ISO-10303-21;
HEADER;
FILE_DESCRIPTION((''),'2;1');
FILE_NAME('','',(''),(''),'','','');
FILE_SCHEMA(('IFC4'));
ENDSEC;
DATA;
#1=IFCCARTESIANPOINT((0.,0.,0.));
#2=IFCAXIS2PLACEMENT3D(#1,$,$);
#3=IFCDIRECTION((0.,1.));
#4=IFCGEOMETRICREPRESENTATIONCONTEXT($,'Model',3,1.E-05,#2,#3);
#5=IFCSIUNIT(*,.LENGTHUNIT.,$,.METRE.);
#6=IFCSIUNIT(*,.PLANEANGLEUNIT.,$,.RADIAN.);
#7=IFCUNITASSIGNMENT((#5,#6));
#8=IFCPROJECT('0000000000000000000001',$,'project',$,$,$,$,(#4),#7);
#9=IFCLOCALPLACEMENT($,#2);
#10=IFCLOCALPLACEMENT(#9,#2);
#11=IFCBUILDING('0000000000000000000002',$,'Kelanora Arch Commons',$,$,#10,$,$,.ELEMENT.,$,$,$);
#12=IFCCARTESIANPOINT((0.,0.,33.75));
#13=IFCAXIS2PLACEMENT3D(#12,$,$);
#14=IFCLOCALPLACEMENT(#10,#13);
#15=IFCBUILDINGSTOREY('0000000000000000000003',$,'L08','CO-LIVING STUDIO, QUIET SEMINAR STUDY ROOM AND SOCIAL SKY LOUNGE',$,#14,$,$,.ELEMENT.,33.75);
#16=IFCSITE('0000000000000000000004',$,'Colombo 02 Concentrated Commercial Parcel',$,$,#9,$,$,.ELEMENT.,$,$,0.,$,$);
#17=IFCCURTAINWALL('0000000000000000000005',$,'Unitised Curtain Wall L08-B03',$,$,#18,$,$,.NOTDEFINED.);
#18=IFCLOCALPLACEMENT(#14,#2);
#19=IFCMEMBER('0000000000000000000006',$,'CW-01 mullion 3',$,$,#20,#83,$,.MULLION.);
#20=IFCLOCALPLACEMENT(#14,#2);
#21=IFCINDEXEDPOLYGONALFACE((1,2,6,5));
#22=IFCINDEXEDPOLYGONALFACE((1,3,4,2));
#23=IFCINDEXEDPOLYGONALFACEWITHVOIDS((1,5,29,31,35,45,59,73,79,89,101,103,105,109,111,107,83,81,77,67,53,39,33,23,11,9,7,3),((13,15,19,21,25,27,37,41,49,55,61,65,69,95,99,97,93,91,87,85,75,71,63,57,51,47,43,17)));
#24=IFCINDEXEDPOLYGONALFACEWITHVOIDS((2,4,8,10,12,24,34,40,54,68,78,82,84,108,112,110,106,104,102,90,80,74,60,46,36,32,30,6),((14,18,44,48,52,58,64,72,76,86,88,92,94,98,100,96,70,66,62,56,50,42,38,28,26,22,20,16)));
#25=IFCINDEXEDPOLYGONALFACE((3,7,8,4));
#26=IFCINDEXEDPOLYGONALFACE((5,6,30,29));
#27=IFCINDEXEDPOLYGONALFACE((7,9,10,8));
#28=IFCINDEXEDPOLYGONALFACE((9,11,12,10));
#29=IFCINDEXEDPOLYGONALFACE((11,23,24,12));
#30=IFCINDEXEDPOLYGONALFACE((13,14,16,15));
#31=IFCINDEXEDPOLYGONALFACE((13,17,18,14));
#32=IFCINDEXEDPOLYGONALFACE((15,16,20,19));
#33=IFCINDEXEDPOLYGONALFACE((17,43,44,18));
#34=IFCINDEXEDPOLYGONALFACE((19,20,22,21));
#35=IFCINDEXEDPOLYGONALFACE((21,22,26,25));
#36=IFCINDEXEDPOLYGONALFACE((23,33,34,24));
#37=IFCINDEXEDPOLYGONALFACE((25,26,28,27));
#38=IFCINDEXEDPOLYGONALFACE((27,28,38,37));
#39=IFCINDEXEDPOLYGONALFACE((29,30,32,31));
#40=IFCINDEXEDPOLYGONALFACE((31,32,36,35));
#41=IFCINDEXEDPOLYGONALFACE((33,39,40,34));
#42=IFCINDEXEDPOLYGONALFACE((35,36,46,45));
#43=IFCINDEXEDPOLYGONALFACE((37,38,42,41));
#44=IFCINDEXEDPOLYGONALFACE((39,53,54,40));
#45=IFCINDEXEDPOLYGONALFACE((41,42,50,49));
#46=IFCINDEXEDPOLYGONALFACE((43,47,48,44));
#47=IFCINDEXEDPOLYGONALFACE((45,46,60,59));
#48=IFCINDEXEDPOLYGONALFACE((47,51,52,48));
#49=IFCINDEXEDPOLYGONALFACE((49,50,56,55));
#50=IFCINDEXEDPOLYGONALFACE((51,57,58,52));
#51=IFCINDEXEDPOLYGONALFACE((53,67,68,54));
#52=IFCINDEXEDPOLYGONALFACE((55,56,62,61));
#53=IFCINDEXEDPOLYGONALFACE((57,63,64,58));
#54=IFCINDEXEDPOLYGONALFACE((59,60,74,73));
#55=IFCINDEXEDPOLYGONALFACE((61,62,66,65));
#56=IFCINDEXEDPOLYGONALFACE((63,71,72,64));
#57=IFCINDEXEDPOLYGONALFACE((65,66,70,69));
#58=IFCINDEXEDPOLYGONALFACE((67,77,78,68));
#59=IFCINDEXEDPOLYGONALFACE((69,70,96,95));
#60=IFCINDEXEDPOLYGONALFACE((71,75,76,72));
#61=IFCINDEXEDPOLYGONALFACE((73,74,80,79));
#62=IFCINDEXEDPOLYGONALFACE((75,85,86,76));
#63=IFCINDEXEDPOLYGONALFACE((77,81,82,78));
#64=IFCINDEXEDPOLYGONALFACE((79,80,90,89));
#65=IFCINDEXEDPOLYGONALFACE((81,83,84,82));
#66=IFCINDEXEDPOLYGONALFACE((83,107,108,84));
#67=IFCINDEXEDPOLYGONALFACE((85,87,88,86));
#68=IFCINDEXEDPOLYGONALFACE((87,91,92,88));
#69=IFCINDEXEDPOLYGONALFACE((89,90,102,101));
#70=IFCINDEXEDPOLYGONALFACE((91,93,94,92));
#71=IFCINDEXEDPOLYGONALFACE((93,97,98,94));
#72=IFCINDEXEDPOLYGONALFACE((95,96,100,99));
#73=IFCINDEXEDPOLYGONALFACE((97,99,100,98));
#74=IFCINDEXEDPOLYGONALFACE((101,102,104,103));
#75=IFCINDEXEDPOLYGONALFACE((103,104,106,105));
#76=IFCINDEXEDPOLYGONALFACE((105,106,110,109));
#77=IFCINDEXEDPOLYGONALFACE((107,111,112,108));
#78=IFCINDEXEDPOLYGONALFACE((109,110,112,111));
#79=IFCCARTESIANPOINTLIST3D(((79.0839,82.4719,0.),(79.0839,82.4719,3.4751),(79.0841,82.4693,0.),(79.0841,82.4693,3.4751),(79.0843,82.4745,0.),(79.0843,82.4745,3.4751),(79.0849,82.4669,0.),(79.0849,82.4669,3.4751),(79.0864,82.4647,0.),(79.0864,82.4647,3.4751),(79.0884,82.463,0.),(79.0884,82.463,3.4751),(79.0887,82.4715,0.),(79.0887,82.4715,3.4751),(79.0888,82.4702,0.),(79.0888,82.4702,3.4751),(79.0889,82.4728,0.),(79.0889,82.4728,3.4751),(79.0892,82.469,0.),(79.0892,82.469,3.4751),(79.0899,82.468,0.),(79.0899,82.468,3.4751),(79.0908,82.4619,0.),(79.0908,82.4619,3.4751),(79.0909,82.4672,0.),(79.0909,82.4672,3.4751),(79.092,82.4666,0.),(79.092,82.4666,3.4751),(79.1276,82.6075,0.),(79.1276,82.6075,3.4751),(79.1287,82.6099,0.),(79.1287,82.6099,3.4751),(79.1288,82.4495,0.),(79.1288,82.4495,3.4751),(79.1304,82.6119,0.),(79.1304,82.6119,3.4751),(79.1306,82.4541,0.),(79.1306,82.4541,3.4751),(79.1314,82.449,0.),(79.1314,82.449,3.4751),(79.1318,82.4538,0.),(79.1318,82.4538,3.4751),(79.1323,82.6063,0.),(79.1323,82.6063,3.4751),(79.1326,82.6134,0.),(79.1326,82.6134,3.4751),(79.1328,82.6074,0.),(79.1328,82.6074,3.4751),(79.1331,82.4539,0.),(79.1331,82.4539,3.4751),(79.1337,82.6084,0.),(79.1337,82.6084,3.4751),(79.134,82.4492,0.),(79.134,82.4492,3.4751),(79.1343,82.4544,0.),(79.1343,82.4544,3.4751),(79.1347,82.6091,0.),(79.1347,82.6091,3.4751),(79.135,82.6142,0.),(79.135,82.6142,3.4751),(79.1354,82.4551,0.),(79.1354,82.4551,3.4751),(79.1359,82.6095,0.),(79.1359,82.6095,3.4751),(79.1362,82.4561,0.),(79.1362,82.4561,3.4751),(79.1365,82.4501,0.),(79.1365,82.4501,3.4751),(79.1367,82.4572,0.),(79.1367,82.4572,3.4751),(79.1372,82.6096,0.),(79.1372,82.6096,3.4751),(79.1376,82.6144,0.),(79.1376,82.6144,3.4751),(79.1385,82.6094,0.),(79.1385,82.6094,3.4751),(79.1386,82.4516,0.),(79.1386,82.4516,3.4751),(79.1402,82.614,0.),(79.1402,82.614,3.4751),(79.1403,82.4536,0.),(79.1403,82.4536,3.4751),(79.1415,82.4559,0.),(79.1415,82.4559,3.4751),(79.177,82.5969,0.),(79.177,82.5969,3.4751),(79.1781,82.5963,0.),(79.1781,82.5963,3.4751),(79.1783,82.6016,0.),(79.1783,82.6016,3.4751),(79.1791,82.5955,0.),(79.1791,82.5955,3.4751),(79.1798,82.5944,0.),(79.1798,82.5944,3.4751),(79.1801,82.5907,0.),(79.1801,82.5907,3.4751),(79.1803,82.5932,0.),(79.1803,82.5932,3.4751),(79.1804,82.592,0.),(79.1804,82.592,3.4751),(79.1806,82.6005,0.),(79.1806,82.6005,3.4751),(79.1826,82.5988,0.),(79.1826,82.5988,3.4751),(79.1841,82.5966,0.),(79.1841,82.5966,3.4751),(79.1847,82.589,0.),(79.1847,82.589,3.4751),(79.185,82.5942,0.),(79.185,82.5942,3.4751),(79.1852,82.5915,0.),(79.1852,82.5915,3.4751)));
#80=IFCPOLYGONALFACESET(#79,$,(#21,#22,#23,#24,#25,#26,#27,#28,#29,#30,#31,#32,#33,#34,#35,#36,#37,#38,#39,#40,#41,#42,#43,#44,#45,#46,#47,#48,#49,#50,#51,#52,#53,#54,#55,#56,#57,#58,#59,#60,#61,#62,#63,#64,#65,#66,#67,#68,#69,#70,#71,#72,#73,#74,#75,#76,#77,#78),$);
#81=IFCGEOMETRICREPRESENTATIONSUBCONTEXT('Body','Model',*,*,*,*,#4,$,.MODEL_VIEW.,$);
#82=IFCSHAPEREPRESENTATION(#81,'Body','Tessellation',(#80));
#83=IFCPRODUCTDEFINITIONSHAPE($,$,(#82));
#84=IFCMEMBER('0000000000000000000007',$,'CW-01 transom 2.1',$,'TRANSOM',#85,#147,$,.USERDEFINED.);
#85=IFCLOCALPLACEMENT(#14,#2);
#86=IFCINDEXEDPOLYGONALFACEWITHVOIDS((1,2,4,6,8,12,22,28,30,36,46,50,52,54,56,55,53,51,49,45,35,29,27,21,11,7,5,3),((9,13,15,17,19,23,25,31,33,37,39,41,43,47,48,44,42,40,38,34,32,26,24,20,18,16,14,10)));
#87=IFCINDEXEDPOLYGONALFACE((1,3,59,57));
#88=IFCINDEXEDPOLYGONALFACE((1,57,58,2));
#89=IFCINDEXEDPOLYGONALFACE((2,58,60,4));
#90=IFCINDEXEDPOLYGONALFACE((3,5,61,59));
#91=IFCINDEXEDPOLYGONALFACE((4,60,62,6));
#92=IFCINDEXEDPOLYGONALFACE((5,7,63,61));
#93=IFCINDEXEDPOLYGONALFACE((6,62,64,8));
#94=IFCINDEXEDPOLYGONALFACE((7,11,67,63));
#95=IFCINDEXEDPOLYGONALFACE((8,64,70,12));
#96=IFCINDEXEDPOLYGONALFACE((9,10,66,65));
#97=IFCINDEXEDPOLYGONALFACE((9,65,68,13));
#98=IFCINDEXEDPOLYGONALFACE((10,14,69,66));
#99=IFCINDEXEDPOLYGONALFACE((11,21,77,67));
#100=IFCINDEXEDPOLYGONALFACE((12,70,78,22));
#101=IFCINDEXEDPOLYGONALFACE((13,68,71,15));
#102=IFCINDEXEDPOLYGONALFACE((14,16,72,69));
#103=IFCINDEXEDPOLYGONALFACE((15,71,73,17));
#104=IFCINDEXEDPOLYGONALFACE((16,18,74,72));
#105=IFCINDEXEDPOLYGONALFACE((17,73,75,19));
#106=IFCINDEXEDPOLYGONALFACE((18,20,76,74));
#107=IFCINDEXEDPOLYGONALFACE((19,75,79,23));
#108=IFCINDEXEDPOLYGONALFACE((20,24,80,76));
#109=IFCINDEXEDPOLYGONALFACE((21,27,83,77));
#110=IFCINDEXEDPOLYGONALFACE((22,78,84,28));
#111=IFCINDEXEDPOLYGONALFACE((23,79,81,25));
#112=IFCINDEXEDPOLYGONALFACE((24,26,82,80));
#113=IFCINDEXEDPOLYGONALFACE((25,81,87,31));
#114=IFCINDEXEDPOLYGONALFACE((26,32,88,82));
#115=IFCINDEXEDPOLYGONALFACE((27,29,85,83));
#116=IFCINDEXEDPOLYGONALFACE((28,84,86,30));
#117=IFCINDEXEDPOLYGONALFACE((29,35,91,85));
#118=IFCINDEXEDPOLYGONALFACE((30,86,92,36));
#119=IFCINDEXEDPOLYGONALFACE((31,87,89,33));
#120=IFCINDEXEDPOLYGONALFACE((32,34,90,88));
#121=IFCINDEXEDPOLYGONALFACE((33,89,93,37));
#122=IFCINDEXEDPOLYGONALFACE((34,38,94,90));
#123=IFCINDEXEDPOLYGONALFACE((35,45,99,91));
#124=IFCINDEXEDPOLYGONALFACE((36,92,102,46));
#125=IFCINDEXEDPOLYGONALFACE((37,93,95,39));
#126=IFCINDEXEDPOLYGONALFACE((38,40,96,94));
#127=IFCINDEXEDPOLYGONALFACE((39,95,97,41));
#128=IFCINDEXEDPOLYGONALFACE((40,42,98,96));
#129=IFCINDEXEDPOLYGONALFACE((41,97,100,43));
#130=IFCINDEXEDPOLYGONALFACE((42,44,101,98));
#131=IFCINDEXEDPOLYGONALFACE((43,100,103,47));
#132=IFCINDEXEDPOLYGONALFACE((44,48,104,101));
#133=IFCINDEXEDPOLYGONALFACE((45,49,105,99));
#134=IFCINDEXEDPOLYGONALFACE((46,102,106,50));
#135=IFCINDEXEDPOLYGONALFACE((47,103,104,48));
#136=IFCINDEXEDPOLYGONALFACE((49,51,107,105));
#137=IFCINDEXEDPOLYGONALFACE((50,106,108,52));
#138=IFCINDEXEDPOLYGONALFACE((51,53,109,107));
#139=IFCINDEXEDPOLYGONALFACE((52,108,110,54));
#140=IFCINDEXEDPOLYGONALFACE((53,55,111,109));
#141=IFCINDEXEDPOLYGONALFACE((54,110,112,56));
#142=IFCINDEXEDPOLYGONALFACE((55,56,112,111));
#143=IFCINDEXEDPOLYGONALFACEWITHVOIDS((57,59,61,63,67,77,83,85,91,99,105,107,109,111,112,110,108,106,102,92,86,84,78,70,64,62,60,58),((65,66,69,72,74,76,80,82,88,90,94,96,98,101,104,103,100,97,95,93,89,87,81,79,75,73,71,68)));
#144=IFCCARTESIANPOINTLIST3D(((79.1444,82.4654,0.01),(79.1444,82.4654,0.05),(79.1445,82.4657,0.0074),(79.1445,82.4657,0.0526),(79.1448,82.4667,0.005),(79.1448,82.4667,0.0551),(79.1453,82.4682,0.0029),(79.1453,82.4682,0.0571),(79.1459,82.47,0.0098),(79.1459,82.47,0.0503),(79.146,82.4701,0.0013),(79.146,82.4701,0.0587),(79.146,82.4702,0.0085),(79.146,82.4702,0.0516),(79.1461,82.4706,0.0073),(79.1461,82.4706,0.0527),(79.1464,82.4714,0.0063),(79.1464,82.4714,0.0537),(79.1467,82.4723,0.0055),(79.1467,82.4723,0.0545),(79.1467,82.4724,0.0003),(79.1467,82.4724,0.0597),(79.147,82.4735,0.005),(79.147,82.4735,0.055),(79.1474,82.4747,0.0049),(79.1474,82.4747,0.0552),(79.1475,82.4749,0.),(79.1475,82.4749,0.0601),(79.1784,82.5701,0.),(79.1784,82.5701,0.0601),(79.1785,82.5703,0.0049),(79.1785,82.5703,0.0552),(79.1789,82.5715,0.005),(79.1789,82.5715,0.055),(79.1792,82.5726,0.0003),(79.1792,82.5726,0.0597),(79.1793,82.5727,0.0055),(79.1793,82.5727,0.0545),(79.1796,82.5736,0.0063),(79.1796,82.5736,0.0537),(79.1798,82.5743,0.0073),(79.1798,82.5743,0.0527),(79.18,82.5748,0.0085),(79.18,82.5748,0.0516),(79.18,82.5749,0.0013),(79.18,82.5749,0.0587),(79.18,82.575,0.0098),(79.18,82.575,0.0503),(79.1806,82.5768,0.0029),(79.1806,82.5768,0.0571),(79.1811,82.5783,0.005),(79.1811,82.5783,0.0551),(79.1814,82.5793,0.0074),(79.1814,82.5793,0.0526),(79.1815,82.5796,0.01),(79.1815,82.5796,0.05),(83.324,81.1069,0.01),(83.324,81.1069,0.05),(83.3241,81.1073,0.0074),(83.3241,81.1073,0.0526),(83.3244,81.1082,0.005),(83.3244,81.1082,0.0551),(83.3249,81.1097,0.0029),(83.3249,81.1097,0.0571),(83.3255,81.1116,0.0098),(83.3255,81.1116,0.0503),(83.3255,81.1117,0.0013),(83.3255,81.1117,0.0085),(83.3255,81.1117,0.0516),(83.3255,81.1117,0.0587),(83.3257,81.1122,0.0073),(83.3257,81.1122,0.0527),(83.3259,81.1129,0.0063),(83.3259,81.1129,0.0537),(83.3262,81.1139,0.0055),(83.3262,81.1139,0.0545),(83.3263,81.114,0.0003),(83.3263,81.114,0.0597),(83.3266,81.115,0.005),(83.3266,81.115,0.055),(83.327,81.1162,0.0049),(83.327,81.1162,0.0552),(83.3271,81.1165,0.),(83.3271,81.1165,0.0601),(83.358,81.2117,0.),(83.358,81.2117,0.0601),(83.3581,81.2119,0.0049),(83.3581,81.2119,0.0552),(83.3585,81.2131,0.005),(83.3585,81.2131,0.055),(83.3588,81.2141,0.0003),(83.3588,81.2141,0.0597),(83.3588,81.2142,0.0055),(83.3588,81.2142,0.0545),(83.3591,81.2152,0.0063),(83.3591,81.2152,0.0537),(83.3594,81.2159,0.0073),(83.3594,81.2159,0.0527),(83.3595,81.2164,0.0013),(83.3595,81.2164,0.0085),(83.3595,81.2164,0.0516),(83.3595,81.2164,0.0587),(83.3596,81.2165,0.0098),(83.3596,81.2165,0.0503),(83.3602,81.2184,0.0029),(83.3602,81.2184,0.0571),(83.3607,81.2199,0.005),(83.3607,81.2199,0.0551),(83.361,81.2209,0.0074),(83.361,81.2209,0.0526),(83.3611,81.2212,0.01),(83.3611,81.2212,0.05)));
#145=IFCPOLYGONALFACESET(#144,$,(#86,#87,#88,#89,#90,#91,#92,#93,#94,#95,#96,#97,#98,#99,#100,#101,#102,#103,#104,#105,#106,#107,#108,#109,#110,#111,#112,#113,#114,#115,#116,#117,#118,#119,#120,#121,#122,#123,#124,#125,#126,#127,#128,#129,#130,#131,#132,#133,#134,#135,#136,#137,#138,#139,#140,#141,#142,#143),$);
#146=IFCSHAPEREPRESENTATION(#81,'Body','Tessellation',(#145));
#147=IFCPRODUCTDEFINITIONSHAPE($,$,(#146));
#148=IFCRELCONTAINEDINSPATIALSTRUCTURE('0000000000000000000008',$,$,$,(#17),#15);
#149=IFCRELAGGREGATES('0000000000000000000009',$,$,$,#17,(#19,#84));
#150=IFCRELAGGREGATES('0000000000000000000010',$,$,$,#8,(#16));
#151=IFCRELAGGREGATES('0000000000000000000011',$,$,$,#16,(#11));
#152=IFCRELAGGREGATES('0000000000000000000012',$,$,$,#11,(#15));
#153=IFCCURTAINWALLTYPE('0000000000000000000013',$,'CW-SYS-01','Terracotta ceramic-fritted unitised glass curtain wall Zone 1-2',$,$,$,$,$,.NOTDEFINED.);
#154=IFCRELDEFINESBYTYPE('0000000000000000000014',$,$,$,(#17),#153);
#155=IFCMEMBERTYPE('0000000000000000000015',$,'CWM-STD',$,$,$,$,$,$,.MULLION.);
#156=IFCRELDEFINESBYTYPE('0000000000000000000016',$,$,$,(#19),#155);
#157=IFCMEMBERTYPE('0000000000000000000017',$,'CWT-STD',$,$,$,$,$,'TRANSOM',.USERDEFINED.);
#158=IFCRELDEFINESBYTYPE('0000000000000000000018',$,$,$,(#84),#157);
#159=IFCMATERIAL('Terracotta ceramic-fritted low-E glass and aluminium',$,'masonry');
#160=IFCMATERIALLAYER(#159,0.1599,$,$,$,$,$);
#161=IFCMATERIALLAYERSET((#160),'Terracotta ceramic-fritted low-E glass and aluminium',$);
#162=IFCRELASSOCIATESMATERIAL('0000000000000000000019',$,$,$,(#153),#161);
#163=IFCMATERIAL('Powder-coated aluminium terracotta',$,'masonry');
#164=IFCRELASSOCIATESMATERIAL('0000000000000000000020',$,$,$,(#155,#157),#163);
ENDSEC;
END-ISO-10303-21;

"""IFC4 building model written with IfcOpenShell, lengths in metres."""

from ifc_helpers import new_model, si_unit, direction, frame, origin, origin_2d, place, context, subcontext, project, spatial, hollow_rectangle, extrude, material, layer, layer_set, material_profile, profile_set, type_object, element, aggregate, save


model = new_model("IFC4")

# Units and contexts
model_context = context("Model", 3, precision=1e-05, world=origin(), true_north=direction((0.0, 1.0)))
body_context = subcontext(model_context, "Body", "Model", "MODEL_VIEW")
ifc_project = project(units=[si_unit("LENGTHUNIT", "METRE"), si_unit("PLANEANGLEUNIT", "RADIAN")], contexts=[model_context])

# Site, building, storey
site_placement = place(None, origin())
site = spatial("IfcSite", under=ifc_project, at=site_placement, Name="Colombo 02 Concentrated Commercial Parcel", CompositionType="ELEMENT", RefElevation=0.0)
building_placement = place(site_placement, origin())
building = spatial("IfcBuilding", under=site, at=building_placement, Name="Kelanora Arch Commons", CompositionType="ELEMENT")
storey_placement = place(building_placement, frame((0.0, 0.0, 33.75)))
storey = spatial("IfcBuildingStorey", under=building, at=storey_placement, Name="L08", Description="CO-LIVING STUDIO, QUIET SEMINAR STUDY ROOM AND SOCIAL SKY LOUNGE", CompositionType="ELEMENT", Elevation=33.75)

# Curtain wall, members
ifc_material_1 = material(Name="Terracotta ceramic-fritted low-E glass and aluminium", Category="masonry")
ifc_layer_1 = layer(ifc_material_1, 0.1599)
ifc_layer_set_1 = layer_set([ifc_layer_1], Name="Terracotta ceramic-fritted low-E glass and aluminium")
curtain_wall_type = type_object("IfcCurtainWallType", Name="CW-SYS-01", Description="Terracotta ceramic-fritted unitised glass curtain wall Zone 1-2", PredefinedType="NOTDEFINED", material=ifc_layer_set_1)
curtain_wall_placement = place(storey_placement, origin())
curtain_wall = element("IfcCurtainWall", 1, at=curtain_wall_placement, inside=storey, type_object=curtain_wall_type, Name="Unitised Curtain Wall L08-B03", PredefinedType="NOTDEFINED")
ifc_material_2 = material(Name="Powder-coated aluminium terracotta", Category="masonry")
ifc_material_profile_1 = material_profile(ifc_material_2, hollow_rectangle(XDim=0.1599, YDim=0.0601, WallThickness=0.0049, InnerFilletRadius=0.0049, OuterFilletRadius=0.01, at=origin_2d()), Name="CWM160x60")
ifc_profile_set_1 = profile_set([ifc_material_profile_1], Name="Powder-coated aluminium terracotta")
member_type_1 = type_object("IfcMemberType", Name="CWM-STD", PredefinedType="MULLION", material=ifc_profile_set_1)
member_1_placement = place(storey_placement, frame((79.1345, 82.5317, 0.0), z_axis=(0.0, 0.0, 1.0), x_axis=(-0.309058, -0.951043, 0.0)))
member_1 = element("IfcMember", 2, at=member_1_placement, type_object=member_type_1, Name="CW-01 mullion 3", PredefinedType="MULLION", context=body_context, shape_type="SweptSolid", body=[
    extrude(hollow_rectangle(XDim=0.1599, YDim=0.0601, WallThickness=0.0049, InnerFilletRadius=0.0049, OuterFilletRadius=0.01, at=origin_2d()), origin(), (0.0, 0.0, 1.0), 3.4751),
])
ifc_material_profile_2 = material_profile(ifc_material_2, hollow_rectangle(XDim=0.1201, YDim=0.0601, WallThickness=0.0049, InnerFilletRadius=0.0049, OuterFilletRadius=0.01, at=origin_2d()), Name="CWT120x60")
ifc_profile_set_2 = profile_set([ifc_material_profile_2], Name="Powder-coated aluminium terracotta")
member_type_2 = type_object("IfcMemberType", Name="CWT-STD", ElementType="TRANSOM", PredefinedType="USERDEFINED", material=ifc_profile_set_2)
member_2_placement = place(storey_placement, frame((83.3425, 81.1641, 0.03), z_axis=(-0.951029, 0.309102, 0.0), x_axis=(-0.309102, -0.951029, 0.0)))
member_2 = element("IfcMember", 3, at=member_2_placement, type_object=member_type_2, Name="CW-01 transom 2.1", ObjectType="TRANSOM", PredefinedType="USERDEFINED", context=body_context, shape_type="SweptSolid", body=[
    extrude(hollow_rectangle(XDim=0.1201, YDim=0.0601, WallThickness=0.0049, InnerFilletRadius=0.0049, OuterFilletRadius=0.01, at=origin_2d()), origin(), (0.0, 0.0, 1.0), 4.3948),
])
aggregate(curtain_wall, [member_1, member_2])

save(model, "model.ifc")
